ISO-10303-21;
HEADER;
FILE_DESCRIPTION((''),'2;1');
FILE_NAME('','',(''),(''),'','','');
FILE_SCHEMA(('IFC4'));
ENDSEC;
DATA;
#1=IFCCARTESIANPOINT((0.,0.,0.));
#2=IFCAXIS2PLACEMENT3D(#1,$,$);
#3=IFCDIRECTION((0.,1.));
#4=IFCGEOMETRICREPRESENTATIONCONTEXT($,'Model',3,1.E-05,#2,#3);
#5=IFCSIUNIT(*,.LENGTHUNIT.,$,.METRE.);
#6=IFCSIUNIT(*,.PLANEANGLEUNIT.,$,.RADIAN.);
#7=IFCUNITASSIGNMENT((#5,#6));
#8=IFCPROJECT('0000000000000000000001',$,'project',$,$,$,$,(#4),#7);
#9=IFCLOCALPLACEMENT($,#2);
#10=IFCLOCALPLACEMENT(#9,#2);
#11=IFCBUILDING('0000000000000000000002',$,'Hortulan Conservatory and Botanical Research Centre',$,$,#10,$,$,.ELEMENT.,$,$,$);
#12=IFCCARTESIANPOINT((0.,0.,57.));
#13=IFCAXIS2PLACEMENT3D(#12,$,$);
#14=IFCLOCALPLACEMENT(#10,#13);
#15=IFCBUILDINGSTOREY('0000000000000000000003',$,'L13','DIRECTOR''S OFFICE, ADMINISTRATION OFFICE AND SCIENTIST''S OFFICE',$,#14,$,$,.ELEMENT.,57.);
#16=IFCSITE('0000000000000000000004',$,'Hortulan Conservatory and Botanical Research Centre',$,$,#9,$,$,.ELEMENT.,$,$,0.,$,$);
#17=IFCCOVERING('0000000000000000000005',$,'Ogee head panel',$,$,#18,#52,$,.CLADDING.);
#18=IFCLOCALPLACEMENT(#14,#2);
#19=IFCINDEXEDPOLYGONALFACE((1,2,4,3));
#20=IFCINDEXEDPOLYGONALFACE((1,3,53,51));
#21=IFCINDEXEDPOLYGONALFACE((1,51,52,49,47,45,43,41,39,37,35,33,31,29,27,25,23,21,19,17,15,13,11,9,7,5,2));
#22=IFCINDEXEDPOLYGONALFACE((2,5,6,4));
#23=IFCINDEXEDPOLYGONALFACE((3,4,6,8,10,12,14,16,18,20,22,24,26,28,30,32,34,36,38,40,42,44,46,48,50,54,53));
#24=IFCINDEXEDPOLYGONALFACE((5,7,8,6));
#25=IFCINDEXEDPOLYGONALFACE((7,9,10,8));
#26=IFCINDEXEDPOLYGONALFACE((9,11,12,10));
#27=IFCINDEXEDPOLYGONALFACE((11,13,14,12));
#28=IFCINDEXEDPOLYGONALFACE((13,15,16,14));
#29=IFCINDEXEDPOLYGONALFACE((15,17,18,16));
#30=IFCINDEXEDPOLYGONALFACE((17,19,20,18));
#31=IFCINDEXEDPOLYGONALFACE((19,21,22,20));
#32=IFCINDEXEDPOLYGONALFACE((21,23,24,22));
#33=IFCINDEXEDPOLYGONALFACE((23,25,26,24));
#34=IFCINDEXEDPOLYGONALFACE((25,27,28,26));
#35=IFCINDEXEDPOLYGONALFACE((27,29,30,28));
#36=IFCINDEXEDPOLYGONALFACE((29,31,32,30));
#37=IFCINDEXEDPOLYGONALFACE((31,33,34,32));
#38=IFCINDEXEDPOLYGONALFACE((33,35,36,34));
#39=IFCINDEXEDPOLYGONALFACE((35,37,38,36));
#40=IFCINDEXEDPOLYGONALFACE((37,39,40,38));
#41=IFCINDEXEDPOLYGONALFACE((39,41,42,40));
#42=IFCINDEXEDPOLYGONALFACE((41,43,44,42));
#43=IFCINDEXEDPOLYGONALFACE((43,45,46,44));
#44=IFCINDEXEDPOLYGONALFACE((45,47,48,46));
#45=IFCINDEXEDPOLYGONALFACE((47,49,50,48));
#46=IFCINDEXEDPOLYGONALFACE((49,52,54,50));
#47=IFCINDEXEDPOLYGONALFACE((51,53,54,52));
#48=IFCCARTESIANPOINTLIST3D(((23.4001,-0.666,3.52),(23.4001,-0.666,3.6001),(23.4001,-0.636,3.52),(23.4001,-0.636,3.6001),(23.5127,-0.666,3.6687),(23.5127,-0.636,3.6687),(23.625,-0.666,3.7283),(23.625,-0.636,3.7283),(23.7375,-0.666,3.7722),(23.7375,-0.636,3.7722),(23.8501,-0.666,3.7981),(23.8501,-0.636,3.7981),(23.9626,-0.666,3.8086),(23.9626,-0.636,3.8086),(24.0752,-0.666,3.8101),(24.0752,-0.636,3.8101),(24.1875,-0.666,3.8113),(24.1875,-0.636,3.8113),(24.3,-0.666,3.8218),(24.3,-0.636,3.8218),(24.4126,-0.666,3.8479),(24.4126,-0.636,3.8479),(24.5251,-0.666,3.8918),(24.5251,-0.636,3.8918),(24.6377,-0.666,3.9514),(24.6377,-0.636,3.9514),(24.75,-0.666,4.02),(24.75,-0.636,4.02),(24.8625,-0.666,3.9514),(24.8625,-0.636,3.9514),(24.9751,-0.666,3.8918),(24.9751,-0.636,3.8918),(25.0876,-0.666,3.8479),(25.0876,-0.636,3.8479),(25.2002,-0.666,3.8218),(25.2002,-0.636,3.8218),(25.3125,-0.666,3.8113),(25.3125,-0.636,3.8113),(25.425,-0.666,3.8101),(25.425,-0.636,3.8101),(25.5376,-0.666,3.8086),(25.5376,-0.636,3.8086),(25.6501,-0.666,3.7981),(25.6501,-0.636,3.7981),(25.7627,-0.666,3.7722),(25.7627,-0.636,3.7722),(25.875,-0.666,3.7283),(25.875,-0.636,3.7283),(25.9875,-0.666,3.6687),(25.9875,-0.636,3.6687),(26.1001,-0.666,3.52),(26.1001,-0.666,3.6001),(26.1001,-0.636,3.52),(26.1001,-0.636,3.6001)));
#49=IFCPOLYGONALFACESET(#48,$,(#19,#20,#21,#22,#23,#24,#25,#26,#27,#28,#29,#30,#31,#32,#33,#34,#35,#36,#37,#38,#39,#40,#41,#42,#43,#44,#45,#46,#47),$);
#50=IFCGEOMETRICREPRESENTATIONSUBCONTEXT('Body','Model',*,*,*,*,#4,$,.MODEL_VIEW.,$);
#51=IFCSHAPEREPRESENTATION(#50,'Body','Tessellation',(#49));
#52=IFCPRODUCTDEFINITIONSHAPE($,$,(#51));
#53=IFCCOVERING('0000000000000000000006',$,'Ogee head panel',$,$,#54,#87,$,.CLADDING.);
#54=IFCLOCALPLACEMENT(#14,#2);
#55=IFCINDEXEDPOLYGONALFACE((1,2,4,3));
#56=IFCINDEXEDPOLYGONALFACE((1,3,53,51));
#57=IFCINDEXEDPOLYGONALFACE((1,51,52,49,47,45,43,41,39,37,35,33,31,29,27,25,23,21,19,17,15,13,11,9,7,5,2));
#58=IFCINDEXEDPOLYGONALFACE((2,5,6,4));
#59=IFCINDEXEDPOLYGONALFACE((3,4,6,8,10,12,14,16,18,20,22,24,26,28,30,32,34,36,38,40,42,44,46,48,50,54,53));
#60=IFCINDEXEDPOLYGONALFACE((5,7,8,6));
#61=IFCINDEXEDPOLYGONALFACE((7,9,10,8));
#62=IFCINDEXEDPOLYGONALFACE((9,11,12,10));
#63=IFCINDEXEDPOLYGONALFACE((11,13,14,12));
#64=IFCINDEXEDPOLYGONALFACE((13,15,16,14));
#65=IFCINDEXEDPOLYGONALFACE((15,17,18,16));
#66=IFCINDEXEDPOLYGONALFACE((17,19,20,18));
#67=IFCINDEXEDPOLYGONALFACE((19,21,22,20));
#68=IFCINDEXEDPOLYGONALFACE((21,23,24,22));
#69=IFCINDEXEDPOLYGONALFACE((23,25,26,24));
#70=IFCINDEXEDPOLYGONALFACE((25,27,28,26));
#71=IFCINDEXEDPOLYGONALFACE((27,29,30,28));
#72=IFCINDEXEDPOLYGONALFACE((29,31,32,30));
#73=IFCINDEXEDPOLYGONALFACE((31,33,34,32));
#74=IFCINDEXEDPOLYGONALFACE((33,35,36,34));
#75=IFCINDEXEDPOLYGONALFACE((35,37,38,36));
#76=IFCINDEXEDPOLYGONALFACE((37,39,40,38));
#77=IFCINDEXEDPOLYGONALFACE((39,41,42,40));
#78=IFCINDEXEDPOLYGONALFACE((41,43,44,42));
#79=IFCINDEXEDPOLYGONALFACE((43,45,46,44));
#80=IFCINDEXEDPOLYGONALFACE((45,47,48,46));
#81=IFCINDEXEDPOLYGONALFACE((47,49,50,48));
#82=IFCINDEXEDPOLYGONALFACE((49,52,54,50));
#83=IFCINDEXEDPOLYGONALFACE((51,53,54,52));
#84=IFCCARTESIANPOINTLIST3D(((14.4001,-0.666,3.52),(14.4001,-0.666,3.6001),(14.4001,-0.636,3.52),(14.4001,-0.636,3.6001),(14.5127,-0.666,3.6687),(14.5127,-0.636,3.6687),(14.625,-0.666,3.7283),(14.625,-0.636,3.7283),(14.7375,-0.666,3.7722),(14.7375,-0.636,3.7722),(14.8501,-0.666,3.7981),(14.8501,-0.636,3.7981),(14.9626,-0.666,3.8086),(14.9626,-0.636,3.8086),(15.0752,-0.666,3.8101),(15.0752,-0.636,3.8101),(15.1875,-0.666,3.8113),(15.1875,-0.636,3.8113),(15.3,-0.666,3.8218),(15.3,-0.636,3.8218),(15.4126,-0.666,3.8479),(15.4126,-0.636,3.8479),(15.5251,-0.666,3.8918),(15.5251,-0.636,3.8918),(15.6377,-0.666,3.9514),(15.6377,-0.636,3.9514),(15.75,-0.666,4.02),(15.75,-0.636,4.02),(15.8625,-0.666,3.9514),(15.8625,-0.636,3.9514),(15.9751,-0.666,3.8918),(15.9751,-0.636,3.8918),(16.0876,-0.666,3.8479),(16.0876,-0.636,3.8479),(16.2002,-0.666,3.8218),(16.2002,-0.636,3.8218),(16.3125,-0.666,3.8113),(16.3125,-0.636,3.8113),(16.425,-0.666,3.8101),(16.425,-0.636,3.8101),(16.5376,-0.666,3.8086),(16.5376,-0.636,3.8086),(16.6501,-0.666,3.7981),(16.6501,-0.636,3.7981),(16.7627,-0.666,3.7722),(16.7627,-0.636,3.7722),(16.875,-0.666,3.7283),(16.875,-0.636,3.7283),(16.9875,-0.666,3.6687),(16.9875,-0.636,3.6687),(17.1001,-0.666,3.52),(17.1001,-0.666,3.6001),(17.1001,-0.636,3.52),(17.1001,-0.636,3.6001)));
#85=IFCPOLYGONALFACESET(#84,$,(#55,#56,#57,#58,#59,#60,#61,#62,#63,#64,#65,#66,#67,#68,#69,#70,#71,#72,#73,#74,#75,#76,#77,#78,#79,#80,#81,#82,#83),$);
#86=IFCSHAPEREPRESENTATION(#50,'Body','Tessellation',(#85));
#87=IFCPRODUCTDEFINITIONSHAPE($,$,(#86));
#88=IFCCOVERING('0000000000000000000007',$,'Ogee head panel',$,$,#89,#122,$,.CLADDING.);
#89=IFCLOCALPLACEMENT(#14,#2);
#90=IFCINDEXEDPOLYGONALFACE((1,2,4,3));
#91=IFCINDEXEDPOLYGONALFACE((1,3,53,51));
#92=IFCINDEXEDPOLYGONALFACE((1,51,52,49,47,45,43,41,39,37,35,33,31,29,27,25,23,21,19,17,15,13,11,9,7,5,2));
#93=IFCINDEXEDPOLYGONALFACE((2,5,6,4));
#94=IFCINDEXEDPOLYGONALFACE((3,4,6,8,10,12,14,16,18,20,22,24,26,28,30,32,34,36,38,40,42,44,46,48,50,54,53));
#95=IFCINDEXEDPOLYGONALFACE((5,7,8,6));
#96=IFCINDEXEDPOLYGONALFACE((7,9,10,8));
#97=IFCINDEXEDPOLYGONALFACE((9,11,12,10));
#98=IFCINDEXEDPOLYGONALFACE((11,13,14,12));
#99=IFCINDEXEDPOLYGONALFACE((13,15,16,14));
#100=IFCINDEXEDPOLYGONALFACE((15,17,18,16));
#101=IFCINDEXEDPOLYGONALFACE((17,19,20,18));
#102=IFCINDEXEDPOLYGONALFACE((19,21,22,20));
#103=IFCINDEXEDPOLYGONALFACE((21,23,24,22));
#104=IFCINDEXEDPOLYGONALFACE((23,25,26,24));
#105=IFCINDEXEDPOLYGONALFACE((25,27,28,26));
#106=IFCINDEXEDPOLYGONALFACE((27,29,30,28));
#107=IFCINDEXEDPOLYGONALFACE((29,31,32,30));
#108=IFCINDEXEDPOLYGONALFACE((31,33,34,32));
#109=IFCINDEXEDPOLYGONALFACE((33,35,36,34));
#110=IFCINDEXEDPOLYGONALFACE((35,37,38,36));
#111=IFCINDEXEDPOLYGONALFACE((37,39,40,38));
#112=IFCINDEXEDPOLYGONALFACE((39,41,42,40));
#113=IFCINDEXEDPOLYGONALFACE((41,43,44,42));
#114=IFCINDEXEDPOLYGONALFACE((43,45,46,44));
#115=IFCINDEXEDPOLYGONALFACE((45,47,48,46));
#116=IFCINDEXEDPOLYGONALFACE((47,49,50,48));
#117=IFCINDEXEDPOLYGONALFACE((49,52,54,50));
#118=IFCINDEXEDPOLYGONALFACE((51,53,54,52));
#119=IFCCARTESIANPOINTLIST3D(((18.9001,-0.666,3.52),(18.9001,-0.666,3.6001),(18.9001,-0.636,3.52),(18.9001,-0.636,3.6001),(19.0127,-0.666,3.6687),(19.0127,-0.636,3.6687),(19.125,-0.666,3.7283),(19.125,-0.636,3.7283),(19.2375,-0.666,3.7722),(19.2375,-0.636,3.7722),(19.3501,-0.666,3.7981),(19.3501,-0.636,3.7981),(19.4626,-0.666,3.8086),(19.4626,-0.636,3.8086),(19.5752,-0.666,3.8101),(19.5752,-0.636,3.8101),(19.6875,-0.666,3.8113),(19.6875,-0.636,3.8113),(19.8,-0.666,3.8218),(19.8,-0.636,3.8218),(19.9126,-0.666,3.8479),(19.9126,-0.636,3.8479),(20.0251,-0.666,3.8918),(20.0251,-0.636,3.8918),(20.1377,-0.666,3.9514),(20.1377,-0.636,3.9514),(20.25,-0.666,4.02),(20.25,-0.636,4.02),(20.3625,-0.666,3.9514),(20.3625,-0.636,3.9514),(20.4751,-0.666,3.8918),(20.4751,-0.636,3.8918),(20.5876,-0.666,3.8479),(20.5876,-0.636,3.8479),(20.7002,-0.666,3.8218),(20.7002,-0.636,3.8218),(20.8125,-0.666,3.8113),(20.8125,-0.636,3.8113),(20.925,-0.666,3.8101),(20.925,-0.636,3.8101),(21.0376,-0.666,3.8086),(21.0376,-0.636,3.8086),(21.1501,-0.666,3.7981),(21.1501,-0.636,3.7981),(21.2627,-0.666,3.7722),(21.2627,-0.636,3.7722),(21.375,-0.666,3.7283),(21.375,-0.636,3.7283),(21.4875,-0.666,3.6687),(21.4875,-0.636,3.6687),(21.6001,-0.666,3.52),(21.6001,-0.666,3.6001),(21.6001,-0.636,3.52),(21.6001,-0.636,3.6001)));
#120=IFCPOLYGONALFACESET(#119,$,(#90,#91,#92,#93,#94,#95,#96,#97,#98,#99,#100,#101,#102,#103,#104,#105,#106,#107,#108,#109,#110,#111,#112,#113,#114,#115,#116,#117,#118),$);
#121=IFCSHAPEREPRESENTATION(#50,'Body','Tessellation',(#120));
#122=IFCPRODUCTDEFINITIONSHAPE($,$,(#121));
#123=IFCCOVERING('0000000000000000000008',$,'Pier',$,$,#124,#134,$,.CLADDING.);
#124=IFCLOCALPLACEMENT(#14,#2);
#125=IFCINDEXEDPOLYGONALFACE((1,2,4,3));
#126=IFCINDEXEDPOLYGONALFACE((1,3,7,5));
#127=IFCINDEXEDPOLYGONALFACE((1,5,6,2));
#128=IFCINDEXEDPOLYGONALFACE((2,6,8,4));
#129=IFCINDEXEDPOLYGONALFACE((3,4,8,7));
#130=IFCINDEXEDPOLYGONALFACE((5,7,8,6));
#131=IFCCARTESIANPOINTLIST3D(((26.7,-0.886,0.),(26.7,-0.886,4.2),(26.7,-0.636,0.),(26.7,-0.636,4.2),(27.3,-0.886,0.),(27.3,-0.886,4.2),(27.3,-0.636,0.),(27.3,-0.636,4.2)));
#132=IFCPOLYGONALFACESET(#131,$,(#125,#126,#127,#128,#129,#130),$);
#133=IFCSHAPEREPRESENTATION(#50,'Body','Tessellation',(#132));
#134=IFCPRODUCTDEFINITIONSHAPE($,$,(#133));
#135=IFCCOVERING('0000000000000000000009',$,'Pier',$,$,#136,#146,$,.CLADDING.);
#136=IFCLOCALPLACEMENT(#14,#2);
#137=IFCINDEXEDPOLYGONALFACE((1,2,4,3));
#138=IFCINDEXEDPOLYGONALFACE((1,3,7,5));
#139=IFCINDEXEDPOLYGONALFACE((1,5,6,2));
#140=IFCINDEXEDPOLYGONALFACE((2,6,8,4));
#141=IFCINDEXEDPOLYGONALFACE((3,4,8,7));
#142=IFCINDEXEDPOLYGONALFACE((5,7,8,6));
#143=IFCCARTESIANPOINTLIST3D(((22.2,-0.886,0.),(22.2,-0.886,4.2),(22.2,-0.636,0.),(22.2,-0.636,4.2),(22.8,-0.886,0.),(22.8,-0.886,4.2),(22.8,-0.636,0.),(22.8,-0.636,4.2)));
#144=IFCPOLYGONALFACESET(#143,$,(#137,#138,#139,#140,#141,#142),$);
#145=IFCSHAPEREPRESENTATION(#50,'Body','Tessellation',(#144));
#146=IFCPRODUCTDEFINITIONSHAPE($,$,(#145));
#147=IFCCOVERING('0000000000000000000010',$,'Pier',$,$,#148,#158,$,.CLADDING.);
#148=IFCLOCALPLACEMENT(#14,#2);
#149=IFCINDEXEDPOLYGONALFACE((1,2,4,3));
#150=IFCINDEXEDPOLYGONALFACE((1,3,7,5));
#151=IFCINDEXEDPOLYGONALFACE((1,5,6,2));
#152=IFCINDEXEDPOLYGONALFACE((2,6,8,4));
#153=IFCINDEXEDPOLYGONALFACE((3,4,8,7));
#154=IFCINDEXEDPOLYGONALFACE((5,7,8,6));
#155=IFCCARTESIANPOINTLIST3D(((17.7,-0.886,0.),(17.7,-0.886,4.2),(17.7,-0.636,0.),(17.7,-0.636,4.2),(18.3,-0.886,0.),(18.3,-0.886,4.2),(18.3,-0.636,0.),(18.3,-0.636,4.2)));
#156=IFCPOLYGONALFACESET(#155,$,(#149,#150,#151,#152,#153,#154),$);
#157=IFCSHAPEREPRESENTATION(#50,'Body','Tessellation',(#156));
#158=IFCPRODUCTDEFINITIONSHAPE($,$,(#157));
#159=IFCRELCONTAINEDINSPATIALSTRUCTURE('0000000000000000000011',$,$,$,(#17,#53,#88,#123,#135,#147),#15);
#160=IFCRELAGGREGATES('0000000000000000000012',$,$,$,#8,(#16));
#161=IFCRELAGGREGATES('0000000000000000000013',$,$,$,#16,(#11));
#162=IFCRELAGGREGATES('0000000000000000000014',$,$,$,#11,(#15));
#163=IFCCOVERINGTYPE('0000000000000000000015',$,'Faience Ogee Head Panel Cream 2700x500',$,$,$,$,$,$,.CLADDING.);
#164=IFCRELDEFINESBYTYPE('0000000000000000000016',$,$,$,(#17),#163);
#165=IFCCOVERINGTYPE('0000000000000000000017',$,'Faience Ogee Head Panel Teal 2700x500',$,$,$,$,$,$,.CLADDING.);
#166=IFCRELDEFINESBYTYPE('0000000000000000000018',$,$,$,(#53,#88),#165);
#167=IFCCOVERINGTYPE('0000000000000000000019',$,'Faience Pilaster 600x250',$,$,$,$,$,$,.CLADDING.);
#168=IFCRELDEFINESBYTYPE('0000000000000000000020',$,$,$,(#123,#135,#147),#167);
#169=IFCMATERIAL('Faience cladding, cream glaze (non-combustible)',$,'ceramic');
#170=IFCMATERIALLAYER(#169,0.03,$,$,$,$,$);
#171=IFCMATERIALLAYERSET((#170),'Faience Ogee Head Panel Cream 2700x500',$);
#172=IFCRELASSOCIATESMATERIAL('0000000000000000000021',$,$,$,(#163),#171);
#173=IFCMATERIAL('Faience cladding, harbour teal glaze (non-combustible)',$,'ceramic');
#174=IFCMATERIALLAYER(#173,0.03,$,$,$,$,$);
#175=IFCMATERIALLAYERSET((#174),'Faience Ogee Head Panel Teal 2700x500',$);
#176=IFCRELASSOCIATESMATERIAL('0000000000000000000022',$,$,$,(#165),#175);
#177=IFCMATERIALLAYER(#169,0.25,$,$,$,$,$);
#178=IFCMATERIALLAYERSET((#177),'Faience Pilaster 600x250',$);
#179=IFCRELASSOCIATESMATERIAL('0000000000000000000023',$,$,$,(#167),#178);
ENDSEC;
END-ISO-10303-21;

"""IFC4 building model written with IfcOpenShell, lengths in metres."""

from ifc_helpers import new_model, si_unit, direction, frame, origin, origin_2d, place, context, subcontext, project, spatial, polyline, rectangle, outline, extrude, material, layer, layer_set, type_object, element, save


model = new_model("IFC4")

# Units and contexts
model_context = context("Model", 3, precision=1e-05, world=origin(), true_north=direction((0.0, 1.0)))
body_context = subcontext(model_context, "Body", "Model", "MODEL_VIEW")
ifc_project = project(units=[si_unit("LENGTHUNIT", "METRE"), si_unit("PLANEANGLEUNIT", "RADIAN")], contexts=[model_context])

# Site, building, storey
site_placement = place(None, origin())
site = spatial("IfcSite", under=ifc_project, at=site_placement, Name="Hortulan Conservatory and Botanical Research Centre", CompositionType="ELEMENT", RefElevation=0.0)
building_placement = place(site_placement, origin())
building = spatial("IfcBuilding", under=site, at=building_placement, Name="Hortulan Conservatory and Botanical Research Centre", CompositionType="ELEMENT")
storey_placement = place(building_placement, frame((0.0, 0.0, 57.0)))
storey = spatial("IfcBuildingStorey", under=building, at=storey_placement, Name="L13", Description="DIRECTOR'S OFFICE, ADMINISTRATION OFFICE AND SCIENTIST'S OFFICE", CompositionType="ELEMENT", Elevation=57.0)

# Coverings
ifc_material_1 = material(Name="Faience cladding, cream glaze (non-combustible)", Category="ceramic")
ifc_layer_1 = layer(ifc_material_1, 0.03)
ifc_layer_set_1 = layer_set([ifc_layer_1], Name="Faience Ogee Head Panel Cream 2700x500")
covering_type_1 = type_object("IfcCoveringType", Name="Faience Ogee Head Panel Cream 2700x500", PredefinedType="CLADDING", material=ifc_layer_set_1)
covering_placement = place(storey_placement, frame((26.1001, -0.6509, 3.52), z_axis=(0.0, 0.0, 1.0), x_axis=(-1.0, 0.0, 0.0)))
element("IfcCovering", 1, at=covering_placement, inside=storey, type_object=covering_type_1, Name="Ogee head panel", PredefinedType="CLADDING", context=body_context, shape_type="SweptSolid", body=[
    extrude(outline(polyline([(0.0, 0.0), (2.7, 0.0), (2.7, 0.0801), (2.5874, 0.1487), (2.4751, 0.2083), (2.3625, 0.2522), (2.25, 0.2781), (2.1375, 0.2886), (2.0249, 0.29), (1.9126, 0.2913), (1.8, 0.3018), (1.6875, 0.3279), (1.575, 0.3718), (1.4624, 0.4314), (1.3501, 0.5), (1.2375, 0.4314), (1.125, 0.3718), (1.0125, 0.3279), (0.8999, 0.3018), (0.7876, 0.2913), (0.675, 0.29), (0.5625, 0.2886), (0.45, 0.2781), (0.3374, 0.2522), (0.2251, 0.2083), (0.1125, 0.1487), (0.0, 0.0801), (0.0, 0.0)])), frame((0.0, 0.0151, 0.0), z_axis=(0.0, -1.0, 0.0), x_axis=(1.0, 0.0, 0.0)), (0.0, 0.0, 1.0), 0.03),
])
ifc_material_2 = material(Name="Faience cladding, harbour teal glaze (non-combustible)", Category="ceramic")
ifc_layer_2 = layer(ifc_material_2, 0.03)
ifc_layer_set_2 = layer_set([ifc_layer_2], Name="Faience Ogee Head Panel Teal 2700x500")
covering_type_2 = type_object("IfcCoveringType", Name="Faience Ogee Head Panel Teal 2700x500", PredefinedType="CLADDING", material=ifc_layer_set_2)
for number, where, z_axis, x_axis, name in (
    (2, (17.1001, -0.6509, 3.52), (0.0, 0.0, 1.0), (-1.0, 0.0, 0.0), "Ogee head panel"),
    (3, (21.6001, -0.6509, 3.52), (0.0, 0.0, 1.0), (-1.0, 0.0, 0.0), "Ogee head panel"),
):
    element("IfcCovering", number, at=place(storey_placement, frame(where, z_axis=z_axis, x_axis=x_axis)), inside=storey, type_object=covering_type_2, Name=name, PredefinedType="CLADDING", context=body_context, shape_type="SweptSolid", body=[
        extrude(outline(polyline([(0.0, 0.0), (2.7, 0.0), (2.7, 0.0801), (2.5874, 0.1487), (2.4751, 0.2083), (2.3625, 0.2522), (2.25, 0.2781), (2.1375, 0.2886), (2.0249, 0.29), (1.9126, 0.2913), (1.8, 0.3018), (1.6875, 0.3279), (1.575, 0.3718), (1.4624, 0.4314), (1.3501, 0.5), (1.2375, 0.4314), (1.125, 0.3718), (1.0125, 0.3279), (0.8999, 0.3018), (0.7876, 0.2913), (0.675, 0.29), (0.5625, 0.2886), (0.45, 0.2781), (0.3374, 0.2522), (0.2251, 0.2083), (0.1125, 0.1487), (0.0, 0.0801), (0.0, 0.0)])), frame((0.0, 0.0151, 0.0), z_axis=(0.0, -1.0, 0.0), x_axis=(1.0, 0.0, 0.0)), (0.0, 0.0, 1.0), 0.03),
    ])
ifc_layer_3 = layer(ifc_material_1, 0.25)
ifc_layer_set_3 = layer_set([ifc_layer_3], Name="Faience Pilaster 600x250")
covering_type_3 = type_object("IfcCoveringType", Name="Faience Pilaster 600x250", PredefinedType="CLADDING", material=ifc_layer_set_3)
for number, where, z_axis, x_axis, name in (
    (4, (27.0, -0.761, 0.0), (0.0, 0.0, 1.0), (-1.0, 0.0, 0.0), "Pier"),
    (5, (22.5, -0.761, 0.0), (0.0, 0.0, 1.0), (-1.0, 0.0, 0.0), "Pier"),
    (6, (18.0, -0.761, 0.0), (0.0, 0.0, 1.0), (-1.0, 0.0, 0.0), "Pier"),
):
    element("IfcCovering", number, at=place(storey_placement, frame(where, z_axis=z_axis, x_axis=x_axis)), inside=storey, type_object=covering_type_3, Name=name, PredefinedType="CLADDING", context=body_context, shape_type="SweptSolid", body=[
        extrude(rectangle(XDim=0.6001, YDim=0.25, at=origin_2d()), origin(), (0.0, 0.0, 1.0), 4.2),
    ])

save(model, "model.ifc")
